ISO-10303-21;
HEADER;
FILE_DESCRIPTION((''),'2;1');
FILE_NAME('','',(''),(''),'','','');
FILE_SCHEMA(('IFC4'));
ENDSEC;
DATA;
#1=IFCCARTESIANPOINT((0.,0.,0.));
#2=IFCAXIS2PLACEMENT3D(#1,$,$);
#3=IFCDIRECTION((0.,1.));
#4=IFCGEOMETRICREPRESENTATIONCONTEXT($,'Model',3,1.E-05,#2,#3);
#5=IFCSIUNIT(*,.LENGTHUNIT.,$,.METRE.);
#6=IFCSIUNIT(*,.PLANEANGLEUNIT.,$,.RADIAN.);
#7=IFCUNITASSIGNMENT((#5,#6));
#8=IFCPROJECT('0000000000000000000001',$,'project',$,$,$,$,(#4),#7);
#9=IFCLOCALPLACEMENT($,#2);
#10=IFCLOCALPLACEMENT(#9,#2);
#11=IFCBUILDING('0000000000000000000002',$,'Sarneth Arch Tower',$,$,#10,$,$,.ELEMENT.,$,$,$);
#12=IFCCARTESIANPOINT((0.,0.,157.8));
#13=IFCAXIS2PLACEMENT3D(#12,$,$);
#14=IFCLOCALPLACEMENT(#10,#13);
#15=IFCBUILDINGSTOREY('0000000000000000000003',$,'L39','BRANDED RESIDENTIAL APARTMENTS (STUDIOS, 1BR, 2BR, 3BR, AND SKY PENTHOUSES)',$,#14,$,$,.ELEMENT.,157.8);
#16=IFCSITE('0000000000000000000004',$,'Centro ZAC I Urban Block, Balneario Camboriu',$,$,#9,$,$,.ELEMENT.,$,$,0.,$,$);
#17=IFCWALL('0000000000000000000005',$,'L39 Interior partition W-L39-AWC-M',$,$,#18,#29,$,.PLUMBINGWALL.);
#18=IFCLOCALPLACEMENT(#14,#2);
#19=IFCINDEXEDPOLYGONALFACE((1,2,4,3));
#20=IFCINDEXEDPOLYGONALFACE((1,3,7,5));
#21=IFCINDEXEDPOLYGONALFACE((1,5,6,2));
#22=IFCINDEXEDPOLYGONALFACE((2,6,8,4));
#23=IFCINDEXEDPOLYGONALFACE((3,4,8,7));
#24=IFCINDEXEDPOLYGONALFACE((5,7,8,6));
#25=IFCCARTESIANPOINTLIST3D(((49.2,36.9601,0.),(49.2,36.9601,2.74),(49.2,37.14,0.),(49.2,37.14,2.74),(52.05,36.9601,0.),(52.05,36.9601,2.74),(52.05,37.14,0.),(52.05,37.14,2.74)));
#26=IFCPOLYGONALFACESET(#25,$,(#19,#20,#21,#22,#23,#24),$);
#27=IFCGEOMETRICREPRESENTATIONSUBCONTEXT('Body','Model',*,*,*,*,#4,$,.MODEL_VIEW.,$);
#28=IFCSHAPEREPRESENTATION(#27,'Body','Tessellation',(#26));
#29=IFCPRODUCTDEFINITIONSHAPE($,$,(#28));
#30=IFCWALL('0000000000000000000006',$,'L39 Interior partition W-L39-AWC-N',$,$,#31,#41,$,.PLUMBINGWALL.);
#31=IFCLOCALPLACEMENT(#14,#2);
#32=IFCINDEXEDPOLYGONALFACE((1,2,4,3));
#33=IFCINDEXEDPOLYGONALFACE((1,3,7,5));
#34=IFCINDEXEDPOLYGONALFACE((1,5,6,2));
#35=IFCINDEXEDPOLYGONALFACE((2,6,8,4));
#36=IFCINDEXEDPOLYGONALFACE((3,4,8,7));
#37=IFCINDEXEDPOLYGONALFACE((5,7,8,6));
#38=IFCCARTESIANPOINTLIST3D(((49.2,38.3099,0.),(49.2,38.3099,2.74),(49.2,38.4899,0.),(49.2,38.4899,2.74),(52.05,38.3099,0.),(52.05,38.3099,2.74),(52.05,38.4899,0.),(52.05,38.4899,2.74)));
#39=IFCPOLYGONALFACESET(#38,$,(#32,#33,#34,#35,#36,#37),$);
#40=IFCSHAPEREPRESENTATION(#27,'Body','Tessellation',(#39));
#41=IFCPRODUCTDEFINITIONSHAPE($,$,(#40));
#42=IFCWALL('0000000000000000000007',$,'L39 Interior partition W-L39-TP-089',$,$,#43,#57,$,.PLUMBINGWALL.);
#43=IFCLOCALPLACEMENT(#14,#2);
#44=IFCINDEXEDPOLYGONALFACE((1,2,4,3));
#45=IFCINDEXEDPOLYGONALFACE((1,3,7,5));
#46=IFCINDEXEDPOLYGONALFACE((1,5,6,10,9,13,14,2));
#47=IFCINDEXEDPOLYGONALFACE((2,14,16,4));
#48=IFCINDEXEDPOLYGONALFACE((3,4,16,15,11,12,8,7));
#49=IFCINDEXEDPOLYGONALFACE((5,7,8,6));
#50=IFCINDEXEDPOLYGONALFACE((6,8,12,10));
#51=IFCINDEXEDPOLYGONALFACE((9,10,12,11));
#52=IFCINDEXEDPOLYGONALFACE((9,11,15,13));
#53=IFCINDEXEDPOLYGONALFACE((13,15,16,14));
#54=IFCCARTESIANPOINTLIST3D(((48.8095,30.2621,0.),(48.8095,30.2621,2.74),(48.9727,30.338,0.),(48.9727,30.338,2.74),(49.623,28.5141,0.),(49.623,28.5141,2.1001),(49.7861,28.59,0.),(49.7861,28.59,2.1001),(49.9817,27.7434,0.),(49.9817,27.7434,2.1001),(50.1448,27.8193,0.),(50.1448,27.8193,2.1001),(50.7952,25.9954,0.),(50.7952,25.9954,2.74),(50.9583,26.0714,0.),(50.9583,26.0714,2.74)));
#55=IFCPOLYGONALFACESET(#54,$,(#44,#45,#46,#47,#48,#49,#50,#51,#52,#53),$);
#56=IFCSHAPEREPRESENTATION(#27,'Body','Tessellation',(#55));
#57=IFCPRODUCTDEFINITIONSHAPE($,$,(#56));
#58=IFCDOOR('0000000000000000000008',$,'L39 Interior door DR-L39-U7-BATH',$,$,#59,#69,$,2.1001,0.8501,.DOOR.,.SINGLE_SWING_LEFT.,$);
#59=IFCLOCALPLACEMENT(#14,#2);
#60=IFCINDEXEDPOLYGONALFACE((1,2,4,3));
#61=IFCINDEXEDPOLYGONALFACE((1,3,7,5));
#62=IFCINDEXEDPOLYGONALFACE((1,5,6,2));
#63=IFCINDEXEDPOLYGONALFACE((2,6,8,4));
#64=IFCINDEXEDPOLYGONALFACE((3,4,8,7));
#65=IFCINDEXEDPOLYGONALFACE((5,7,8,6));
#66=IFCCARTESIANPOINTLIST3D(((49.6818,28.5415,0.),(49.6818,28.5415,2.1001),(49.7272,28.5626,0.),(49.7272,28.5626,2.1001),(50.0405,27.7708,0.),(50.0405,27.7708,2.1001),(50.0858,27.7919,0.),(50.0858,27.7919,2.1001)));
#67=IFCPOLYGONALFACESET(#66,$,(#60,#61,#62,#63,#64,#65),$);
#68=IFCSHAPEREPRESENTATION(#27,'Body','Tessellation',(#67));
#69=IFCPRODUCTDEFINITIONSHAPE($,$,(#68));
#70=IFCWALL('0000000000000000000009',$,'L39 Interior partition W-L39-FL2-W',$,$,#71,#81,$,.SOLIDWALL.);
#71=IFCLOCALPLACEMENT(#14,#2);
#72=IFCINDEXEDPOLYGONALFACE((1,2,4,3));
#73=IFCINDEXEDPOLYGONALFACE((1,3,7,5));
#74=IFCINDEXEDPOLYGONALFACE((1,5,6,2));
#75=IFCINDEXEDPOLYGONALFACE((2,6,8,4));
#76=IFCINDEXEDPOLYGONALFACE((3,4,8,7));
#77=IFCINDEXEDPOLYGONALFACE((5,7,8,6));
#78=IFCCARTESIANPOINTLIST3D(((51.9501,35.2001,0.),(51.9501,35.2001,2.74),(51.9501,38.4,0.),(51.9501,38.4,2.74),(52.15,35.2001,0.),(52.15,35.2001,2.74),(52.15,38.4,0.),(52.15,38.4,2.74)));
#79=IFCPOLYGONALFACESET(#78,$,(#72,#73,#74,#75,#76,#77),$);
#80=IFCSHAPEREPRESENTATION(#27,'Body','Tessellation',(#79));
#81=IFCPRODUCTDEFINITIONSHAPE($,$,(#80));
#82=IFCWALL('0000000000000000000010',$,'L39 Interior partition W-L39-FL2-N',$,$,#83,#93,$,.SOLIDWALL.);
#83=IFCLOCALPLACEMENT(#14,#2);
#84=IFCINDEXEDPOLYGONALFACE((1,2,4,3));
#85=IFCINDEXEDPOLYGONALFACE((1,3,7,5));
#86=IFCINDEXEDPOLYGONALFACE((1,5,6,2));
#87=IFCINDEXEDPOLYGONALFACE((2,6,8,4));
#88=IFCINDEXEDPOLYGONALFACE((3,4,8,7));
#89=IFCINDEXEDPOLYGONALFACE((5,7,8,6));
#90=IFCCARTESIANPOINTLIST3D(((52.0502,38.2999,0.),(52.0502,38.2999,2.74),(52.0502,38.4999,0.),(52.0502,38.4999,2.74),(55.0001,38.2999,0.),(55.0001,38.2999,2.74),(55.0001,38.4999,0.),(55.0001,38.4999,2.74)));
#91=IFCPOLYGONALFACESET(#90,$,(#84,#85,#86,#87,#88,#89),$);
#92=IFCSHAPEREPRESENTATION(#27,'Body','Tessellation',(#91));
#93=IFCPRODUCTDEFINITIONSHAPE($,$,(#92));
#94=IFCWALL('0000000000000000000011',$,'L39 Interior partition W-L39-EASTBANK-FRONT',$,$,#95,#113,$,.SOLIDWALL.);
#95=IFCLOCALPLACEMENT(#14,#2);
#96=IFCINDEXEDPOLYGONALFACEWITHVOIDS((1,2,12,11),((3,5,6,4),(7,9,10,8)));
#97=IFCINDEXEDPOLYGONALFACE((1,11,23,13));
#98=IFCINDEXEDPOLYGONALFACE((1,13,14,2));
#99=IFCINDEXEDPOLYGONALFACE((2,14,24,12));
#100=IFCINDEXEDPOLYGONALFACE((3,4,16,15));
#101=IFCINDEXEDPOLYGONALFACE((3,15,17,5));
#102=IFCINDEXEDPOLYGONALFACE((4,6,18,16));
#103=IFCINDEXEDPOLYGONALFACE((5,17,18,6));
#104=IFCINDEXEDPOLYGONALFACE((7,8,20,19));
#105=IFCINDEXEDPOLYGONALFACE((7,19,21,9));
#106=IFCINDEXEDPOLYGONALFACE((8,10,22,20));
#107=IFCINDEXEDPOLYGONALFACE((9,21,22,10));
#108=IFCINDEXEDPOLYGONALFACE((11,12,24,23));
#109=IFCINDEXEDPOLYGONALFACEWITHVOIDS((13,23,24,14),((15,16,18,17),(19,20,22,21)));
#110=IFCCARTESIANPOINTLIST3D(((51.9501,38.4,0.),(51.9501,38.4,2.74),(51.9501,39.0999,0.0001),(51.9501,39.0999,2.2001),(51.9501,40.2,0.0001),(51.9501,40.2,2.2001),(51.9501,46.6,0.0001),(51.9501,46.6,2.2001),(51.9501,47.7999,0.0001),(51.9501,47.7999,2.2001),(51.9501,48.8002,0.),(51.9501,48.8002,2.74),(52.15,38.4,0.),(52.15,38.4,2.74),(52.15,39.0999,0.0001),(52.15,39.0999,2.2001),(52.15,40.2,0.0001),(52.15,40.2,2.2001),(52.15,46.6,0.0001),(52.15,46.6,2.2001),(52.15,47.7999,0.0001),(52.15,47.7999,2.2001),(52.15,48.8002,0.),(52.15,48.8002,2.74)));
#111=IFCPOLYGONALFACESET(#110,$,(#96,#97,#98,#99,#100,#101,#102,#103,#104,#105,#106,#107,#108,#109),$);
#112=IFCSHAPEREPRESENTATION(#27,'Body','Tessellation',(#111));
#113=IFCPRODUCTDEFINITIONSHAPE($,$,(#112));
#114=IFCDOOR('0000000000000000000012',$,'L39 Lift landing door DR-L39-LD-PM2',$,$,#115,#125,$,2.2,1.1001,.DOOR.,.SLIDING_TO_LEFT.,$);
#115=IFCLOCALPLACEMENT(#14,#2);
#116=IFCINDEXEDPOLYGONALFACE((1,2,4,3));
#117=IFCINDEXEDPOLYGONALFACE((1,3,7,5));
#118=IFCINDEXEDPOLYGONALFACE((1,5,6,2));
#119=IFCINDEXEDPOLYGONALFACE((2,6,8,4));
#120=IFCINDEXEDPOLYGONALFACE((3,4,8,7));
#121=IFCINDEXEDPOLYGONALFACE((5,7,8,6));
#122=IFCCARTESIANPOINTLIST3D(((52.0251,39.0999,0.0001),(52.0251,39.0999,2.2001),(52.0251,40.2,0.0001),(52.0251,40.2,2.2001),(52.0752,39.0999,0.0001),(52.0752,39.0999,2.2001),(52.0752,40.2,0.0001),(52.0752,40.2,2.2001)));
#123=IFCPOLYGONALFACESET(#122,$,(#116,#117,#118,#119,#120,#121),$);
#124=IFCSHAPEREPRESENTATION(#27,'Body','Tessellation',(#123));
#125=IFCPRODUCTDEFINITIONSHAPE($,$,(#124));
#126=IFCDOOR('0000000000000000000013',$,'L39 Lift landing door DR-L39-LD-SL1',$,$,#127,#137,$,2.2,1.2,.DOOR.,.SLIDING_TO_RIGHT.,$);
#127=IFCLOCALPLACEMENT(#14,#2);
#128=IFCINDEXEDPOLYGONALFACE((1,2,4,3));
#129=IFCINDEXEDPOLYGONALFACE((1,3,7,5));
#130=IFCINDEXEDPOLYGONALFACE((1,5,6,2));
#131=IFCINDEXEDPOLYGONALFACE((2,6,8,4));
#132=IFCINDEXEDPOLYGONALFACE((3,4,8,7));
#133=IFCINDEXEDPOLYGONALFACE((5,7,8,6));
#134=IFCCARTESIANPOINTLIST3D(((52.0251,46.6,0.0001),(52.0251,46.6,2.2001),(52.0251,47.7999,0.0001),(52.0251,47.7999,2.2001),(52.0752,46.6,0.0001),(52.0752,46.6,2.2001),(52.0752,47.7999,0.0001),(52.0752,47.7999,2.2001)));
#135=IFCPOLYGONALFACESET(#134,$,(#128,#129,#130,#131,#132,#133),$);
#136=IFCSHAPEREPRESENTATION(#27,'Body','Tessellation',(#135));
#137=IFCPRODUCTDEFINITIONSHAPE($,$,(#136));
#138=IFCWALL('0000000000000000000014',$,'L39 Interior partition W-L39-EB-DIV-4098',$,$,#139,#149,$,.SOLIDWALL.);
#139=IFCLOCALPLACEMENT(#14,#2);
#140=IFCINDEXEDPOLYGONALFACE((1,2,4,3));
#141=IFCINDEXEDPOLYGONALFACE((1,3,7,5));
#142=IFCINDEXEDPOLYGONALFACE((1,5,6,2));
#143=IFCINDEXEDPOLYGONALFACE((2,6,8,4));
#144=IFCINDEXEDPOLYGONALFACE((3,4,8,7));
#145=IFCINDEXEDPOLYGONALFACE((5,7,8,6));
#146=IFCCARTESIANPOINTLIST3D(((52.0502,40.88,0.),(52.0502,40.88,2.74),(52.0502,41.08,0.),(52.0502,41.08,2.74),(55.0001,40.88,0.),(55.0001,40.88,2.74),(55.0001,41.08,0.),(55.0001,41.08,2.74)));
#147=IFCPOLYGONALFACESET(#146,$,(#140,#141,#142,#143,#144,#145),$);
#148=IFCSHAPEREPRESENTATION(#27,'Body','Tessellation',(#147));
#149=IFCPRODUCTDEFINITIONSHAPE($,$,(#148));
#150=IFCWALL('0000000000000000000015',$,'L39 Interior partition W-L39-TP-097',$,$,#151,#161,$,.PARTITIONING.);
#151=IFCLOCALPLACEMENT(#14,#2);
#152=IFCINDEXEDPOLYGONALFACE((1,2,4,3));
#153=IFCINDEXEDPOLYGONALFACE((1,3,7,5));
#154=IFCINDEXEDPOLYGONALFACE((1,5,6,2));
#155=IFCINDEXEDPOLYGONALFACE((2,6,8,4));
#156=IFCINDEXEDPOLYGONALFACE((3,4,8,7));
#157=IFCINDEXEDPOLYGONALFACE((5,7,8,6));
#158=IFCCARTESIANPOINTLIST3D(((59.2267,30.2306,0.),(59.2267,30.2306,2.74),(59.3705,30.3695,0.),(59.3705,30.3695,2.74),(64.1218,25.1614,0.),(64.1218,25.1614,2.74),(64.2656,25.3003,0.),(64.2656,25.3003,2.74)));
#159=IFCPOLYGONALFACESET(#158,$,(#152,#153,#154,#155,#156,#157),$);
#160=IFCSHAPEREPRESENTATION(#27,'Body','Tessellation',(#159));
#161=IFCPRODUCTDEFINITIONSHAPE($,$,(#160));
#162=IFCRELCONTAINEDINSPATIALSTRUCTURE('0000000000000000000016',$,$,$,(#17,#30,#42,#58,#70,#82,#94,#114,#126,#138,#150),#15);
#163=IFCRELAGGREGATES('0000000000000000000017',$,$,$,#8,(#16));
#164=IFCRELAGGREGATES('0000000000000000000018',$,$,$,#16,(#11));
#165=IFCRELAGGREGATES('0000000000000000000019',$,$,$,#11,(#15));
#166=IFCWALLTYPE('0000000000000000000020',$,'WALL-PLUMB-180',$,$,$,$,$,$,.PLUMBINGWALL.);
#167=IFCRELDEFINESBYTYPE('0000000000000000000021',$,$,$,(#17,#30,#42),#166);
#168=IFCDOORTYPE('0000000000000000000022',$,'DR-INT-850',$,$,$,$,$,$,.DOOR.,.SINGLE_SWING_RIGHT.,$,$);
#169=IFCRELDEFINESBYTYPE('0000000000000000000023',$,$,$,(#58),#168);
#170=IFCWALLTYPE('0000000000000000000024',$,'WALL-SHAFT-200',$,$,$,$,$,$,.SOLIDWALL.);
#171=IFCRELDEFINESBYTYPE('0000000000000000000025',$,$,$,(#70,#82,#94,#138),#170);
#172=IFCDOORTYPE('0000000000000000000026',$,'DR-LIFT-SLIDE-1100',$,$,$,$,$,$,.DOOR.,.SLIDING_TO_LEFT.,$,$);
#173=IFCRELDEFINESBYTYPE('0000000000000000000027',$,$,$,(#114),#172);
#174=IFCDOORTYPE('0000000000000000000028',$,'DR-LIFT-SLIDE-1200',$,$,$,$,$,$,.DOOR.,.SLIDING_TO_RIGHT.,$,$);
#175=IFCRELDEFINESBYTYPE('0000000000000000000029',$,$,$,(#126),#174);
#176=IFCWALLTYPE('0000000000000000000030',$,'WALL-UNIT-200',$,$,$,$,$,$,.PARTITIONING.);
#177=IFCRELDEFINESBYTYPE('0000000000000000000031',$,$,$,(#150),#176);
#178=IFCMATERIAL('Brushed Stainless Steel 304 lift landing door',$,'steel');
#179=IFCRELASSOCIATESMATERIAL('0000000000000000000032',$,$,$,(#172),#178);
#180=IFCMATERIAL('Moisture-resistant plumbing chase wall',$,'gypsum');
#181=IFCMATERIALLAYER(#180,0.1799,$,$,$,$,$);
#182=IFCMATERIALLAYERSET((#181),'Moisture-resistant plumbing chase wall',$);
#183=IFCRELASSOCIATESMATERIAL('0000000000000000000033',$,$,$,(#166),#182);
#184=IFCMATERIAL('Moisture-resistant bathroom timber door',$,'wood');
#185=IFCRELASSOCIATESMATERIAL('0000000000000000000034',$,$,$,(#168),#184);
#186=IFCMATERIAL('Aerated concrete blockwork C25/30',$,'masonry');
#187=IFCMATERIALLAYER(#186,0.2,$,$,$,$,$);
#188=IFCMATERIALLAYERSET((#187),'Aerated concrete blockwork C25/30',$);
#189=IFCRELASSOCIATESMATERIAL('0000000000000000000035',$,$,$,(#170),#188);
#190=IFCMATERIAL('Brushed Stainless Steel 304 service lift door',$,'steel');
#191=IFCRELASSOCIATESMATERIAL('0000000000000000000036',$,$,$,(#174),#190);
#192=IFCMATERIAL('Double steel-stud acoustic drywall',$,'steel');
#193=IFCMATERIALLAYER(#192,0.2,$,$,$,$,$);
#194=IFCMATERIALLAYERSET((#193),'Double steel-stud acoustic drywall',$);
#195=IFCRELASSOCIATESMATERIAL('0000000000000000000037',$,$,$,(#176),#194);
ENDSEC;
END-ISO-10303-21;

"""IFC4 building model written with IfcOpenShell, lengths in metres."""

from ifc_helpers import new_model, si_unit, direction, frame, frame_2d, origin, place, context, subcontext, project, spatial, rectangle, extrude, material, layer, layer_set, type_object, element, fill, save


model = new_model("IFC4")

# Units and contexts
model_context = context("Model", 3, precision=1e-05, world=origin(), true_north=direction((0.0, 1.0)))
body_context = subcontext(model_context, "Body", "Model", "MODEL_VIEW")
ifc_project = project(units=[si_unit("LENGTHUNIT", "METRE"), si_unit("PLANEANGLEUNIT", "RADIAN")], contexts=[model_context])

# Site, building, storey
site_placement = place(None, origin())
site = spatial("IfcSite", under=ifc_project, at=site_placement, Name="Centro ZAC I Urban Block, Balneario Camboriu", CompositionType="ELEMENT", RefElevation=0.0)
building_placement = place(site_placement, origin())
building = spatial("IfcBuilding", under=site, at=building_placement, Name="Sarneth Arch Tower", CompositionType="ELEMENT")
storey_placement = place(building_placement, frame((0.0, 0.0, 157.8)))
storey = spatial("IfcBuildingStorey", under=building, at=storey_placement, Name="L39", Description="BRANDED RESIDENTIAL APARTMENTS (STUDIOS, 1BR, 2BR, 3BR, AND SKY PENTHOUSES)", CompositionType="ELEMENT", Elevation=157.8)

# Shared definitions
ifc_material_1 = material(Name="Brushed Stainless Steel 304 lift landing door", Category="steel")
door_type_1 = type_object("IfcDoorType", Name="DR-LIFT-SLIDE-1100", OperationType="SLIDING_TO_LEFT", PredefinedType="DOOR", material=ifc_material_1)

# Walls
ifc_material_2 = material(Name="Moisture-resistant plumbing chase wall", Category="gypsum")
ifc_layer_1 = layer(ifc_material_2, 0.1799)
ifc_layer_set_1 = layer_set([ifc_layer_1], Name="Moisture-resistant plumbing chase wall")
wall_type_1 = type_object("IfcWallType", Name="WALL-PLUMB-180", PredefinedType="PLUMBINGWALL", material=ifc_layer_set_1)
for number, where, z_axis, x_axis, name in (
    (1, (49.2, 37.05, 0.0), (0.0, 0.0, 1.0), (1.0, 0.0, 0.0), "L39 Interior partition W-L39-AWC-M"),
    (2, (49.2, 38.3999, 0.0), (0.0, 0.0, 1.0), (1.0, 0.0, 0.0), "L39 Interior partition W-L39-AWC-N"),
):
    element("IfcWall", number, at=place(storey_placement, frame(where, z_axis=z_axis, x_axis=x_axis)), inside=storey, type_object=wall_type_1, Name=name, PredefinedType="PLUMBINGWALL", context=body_context, shape_type="SweptSolid", body=[
        extrude(rectangle(XDim=2.8501, YDim=0.1799, at=frame_2d((1.425, 0.0))), origin(), (0.0, 0.0, 1.0), 2.74),
    ])

# Shared definitions
ifc_material_3 = material(Name="Moisture-resistant bathroom timber door", Category="wood")
door_type_2 = type_object("IfcDoorType", Name="DR-INT-850", OperationType="SINGLE_SWING_RIGHT", PredefinedType="DOOR", material=ifc_material_3)

# Wall, opening, door
wall_1_placement = place(storey_placement, frame((48.8911, 30.3, 0.0), z_axis=(0.0, 0.0, 1.0), x_axis=(0.421928, -0.906629, 0.0)))
wall_1 = element("IfcWall", 3, at=wall_1_placement, inside=storey, type_object=wall_type_1, Name="L39 Interior partition W-L39-TP-089", PredefinedType="PLUMBINGWALL", context=body_context, shape_type="SweptSolid", body=[
    extrude(rectangle(XDim=4.7061, YDim=0.1799, at=frame_2d((2.353, 0.0))), origin(), (0.0, 0.0, 1.0), 2.74),
])
opening_1_placement = place(wall_1_placement, frame((1.928, 0.0, 0.0)))
opening_1 = element("IfcOpeningElement", 4, at=opening_1_placement, cuts=wall_1, PredefinedType="OPENING", context=body_context, shape_type="SweptSolid", body=[
    extrude(rectangle(XDim=0.8501, YDim=2.1001, at=frame_2d((0.425, 1.05))), frame((0.0, 0.0999, 0.0), z_axis=(0.0, -1.0, 0.0), x_axis=(1.0, 0.0, 0.0)), (0.0, 0.0, 1.0), 0.2),
])
door_1_placement = place(opening_1_placement, origin())
door_1 = element("IfcDoor", 5, at=door_1_placement, inside=storey, type_object=door_type_2, Name="L39 Interior door DR-L39-U7-BATH", OperationType="SINGLE_SWING_LEFT", OverallHeight=2.1001, OverallWidth=0.8501, PredefinedType="DOOR", context=body_context, shape_type="SweptSolid", body=[
    extrude(rectangle(XDim=0.8501, YDim=2.1001, at=frame_2d((0.425, 1.05))), frame((0.0, 0.0249, 0.0), z_axis=(0.0, -1.0, 0.0), x_axis=(1.0, 0.0, 0.0)), (0.0, 0.0, 1.0), 0.05),
])
fill(opening_1, door_1)
ifc_material_4 = material(Name="Aerated concrete blockwork C25/30", Category="masonry")
ifc_layer_2 = layer(ifc_material_4, 0.2)
ifc_layer_set_2 = layer_set([ifc_layer_2], Name="Aerated concrete blockwork C25/30")
wall_type_2 = type_object("IfcWallType", Name="WALL-SHAFT-200", PredefinedType="SOLIDWALL", material=ifc_layer_set_2)

# Walls
wall_2_placement = place(storey_placement, frame((52.05, 35.2, 0.0), z_axis=(0.0, 0.0, 1.0), x_axis=(0.0, 1.0, 0.0)))
element("IfcWall", 6, at=wall_2_placement, inside=storey, type_object=wall_type_2, Name="L39 Interior partition W-L39-FL2-W", PredefinedType="SOLIDWALL", context=body_context, shape_type="SweptSolid", body=[
    extrude(rectangle(XDim=3.2, YDim=0.2, at=frame_2d((1.6001, 0.0))), origin(), (0.0, 0.0, 1.0), 2.74),
])
wall_3_placement = place(storey_placement, frame((52.05, 38.3999, 0.0), z_axis=(0.0, 0.0, 1.0), x_axis=(1.0, 0.0, 0.0)))
element("IfcWall", 7, at=wall_3_placement, inside=storey, type_object=wall_type_2, Name="L39 Interior partition W-L39-FL2-N", PredefinedType="SOLIDWALL", context=body_context, shape_type="SweptSolid", body=[
    extrude(rectangle(XDim=2.95, YDim=0.2, at=frame_2d((1.4751, 0.0))), origin(), (0.0, 0.0, 1.0), 2.74),
])

# Wall, openings, doors
wall_4_placement = place(storey_placement, frame((52.05, 38.3999, 0.0), z_axis=(0.0, 0.0, 1.0), x_axis=(0.0, 1.0, 0.0)))
wall_4 = element("IfcWall", 8, at=wall_4_placement, inside=storey, type_object=wall_type_2, Name="L39 Interior partition W-L39-EASTBANK-FRONT", PredefinedType="SOLIDWALL", context=body_context, shape_type="SweptSolid", body=[
    extrude(rectangle(XDim=10.4001, YDim=0.2, at=frame_2d((5.2002, 0.0))), origin(), (0.0, 0.0, 1.0), 2.74),
])
opening_2_placement = place(wall_4_placement, frame((0.7, 0.0, 0.0)))
opening_2 = element("IfcOpeningElement", 9, at=opening_2_placement, cuts=wall_4, PredefinedType="OPENING", context=body_context, shape_type="SweptSolid", body=[
    extrude(rectangle(XDim=1.1001, YDim=2.2, at=frame_2d((0.55, 1.1001))), frame((0.0, 0.1099, 0.0), z_axis=(0.0, -1.0, 0.0), x_axis=(1.0, 0.0, 0.0)), (0.0, 0.0, 1.0), 0.22),
])
opening_3_placement = place(wall_4_placement, frame((8.2, 0.0, 0.0)))
opening_3 = element("IfcOpeningElement", 10, at=opening_3_placement, cuts=wall_4, PredefinedType="OPENING", context=body_context, shape_type="SweptSolid", body=[
    extrude(rectangle(XDim=1.2, YDim=2.2, at=frame_2d((0.6001, 1.1001))), frame((0.0, 0.1099, 0.0), z_axis=(0.0, -1.0, 0.0), x_axis=(1.0, 0.0, 0.0)), (0.0, 0.0, 1.0), 0.22),
])
door_2_placement = place(opening_2_placement, origin())
door_2 = element("IfcDoor", 11, at=door_2_placement, inside=storey, type_object=door_type_1, Name="L39 Lift landing door DR-L39-LD-PM2", OperationType="SLIDING_TO_LEFT", OverallHeight=2.2, OverallWidth=1.1001, PredefinedType="DOOR", context=body_context, shape_type="SweptSolid", body=[
    extrude(rectangle(XDim=1.1001, YDim=2.2, at=frame_2d((0.55, 1.1001))), frame((0.0, 0.0249, 0.0), z_axis=(0.0, -1.0, 0.0), x_axis=(1.0, 0.0, 0.0)), (0.0, 0.0, 1.0), 0.05),
])
fill(opening_2, door_2)
ifc_material_5 = material(Name="Brushed Stainless Steel 304 service lift door", Category="steel")
door_type_3 = type_object("IfcDoorType", Name="DR-LIFT-SLIDE-1200", OperationType="SLIDING_TO_RIGHT", PredefinedType="DOOR", material=ifc_material_5)
door_3_placement = place(opening_3_placement, origin())
door_3 = element("IfcDoor", 12, at=door_3_placement, inside=storey, type_object=door_type_3, Name="L39 Lift landing door DR-L39-LD-SL1", OperationType="SLIDING_TO_RIGHT", OverallHeight=2.2, OverallWidth=1.2, PredefinedType="DOOR", context=body_context, shape_type="SweptSolid", body=[
    extrude(rectangle(XDim=1.2, YDim=2.2, at=frame_2d((0.6001, 1.1001))), frame((0.0, 0.0249, 0.0), z_axis=(0.0, -1.0, 0.0), x_axis=(1.0, 0.0, 0.0)), (0.0, 0.0, 1.0), 0.05),
])
fill(opening_3, door_3)

# Walls
wall_5_placement = place(storey_placement, frame((52.05, 40.98, 0.0), z_axis=(0.0, 0.0, 1.0), x_axis=(1.0, 0.0, 0.0)))
element("IfcWall", 13, at=wall_5_placement, inside=storey, type_object=wall_type_2, Name="L39 Interior partition W-L39-EB-DIV-4098", PredefinedType="SOLIDWALL", context=body_context, shape_type="SweptSolid", body=[
    extrude(rectangle(XDim=2.95, YDim=0.2, at=frame_2d((1.4751, 0.0))), origin(), (0.0, 0.0, 1.0), 2.74),
])
ifc_material_6 = material(Name="Double steel-stud acoustic drywall", Category="steel")
ifc_layer_3 = layer(ifc_material_6, 0.2)
ifc_layer_set_3 = layer_set([ifc_layer_3], Name="Double steel-stud acoustic drywall")
wall_type_3 = type_object("IfcWallType", Name="WALL-UNIT-200", PredefinedType="PARTITIONING", material=ifc_layer_set_3)
wall_6_placement = place(storey_placement, frame((59.2986, 30.3, 0.0), z_axis=(0.0, 0.0, 1.0), x_axis=(0.694648, -0.71935, 0.0)))
element("IfcWall", 14, at=wall_6_placement, inside=storey, type_object=wall_type_3, Name="L39 Interior partition W-L39-TP-097", PredefinedType="PARTITIONING", context=body_context, shape_type="SweptSolid", body=[
    extrude(rectangle(XDim=7.0469, YDim=0.2, at=frame_2d((3.5234, 0.0))), origin(), (0.0, 0.0, 1.0), 2.74),
])

save(model, "model.ifc")
